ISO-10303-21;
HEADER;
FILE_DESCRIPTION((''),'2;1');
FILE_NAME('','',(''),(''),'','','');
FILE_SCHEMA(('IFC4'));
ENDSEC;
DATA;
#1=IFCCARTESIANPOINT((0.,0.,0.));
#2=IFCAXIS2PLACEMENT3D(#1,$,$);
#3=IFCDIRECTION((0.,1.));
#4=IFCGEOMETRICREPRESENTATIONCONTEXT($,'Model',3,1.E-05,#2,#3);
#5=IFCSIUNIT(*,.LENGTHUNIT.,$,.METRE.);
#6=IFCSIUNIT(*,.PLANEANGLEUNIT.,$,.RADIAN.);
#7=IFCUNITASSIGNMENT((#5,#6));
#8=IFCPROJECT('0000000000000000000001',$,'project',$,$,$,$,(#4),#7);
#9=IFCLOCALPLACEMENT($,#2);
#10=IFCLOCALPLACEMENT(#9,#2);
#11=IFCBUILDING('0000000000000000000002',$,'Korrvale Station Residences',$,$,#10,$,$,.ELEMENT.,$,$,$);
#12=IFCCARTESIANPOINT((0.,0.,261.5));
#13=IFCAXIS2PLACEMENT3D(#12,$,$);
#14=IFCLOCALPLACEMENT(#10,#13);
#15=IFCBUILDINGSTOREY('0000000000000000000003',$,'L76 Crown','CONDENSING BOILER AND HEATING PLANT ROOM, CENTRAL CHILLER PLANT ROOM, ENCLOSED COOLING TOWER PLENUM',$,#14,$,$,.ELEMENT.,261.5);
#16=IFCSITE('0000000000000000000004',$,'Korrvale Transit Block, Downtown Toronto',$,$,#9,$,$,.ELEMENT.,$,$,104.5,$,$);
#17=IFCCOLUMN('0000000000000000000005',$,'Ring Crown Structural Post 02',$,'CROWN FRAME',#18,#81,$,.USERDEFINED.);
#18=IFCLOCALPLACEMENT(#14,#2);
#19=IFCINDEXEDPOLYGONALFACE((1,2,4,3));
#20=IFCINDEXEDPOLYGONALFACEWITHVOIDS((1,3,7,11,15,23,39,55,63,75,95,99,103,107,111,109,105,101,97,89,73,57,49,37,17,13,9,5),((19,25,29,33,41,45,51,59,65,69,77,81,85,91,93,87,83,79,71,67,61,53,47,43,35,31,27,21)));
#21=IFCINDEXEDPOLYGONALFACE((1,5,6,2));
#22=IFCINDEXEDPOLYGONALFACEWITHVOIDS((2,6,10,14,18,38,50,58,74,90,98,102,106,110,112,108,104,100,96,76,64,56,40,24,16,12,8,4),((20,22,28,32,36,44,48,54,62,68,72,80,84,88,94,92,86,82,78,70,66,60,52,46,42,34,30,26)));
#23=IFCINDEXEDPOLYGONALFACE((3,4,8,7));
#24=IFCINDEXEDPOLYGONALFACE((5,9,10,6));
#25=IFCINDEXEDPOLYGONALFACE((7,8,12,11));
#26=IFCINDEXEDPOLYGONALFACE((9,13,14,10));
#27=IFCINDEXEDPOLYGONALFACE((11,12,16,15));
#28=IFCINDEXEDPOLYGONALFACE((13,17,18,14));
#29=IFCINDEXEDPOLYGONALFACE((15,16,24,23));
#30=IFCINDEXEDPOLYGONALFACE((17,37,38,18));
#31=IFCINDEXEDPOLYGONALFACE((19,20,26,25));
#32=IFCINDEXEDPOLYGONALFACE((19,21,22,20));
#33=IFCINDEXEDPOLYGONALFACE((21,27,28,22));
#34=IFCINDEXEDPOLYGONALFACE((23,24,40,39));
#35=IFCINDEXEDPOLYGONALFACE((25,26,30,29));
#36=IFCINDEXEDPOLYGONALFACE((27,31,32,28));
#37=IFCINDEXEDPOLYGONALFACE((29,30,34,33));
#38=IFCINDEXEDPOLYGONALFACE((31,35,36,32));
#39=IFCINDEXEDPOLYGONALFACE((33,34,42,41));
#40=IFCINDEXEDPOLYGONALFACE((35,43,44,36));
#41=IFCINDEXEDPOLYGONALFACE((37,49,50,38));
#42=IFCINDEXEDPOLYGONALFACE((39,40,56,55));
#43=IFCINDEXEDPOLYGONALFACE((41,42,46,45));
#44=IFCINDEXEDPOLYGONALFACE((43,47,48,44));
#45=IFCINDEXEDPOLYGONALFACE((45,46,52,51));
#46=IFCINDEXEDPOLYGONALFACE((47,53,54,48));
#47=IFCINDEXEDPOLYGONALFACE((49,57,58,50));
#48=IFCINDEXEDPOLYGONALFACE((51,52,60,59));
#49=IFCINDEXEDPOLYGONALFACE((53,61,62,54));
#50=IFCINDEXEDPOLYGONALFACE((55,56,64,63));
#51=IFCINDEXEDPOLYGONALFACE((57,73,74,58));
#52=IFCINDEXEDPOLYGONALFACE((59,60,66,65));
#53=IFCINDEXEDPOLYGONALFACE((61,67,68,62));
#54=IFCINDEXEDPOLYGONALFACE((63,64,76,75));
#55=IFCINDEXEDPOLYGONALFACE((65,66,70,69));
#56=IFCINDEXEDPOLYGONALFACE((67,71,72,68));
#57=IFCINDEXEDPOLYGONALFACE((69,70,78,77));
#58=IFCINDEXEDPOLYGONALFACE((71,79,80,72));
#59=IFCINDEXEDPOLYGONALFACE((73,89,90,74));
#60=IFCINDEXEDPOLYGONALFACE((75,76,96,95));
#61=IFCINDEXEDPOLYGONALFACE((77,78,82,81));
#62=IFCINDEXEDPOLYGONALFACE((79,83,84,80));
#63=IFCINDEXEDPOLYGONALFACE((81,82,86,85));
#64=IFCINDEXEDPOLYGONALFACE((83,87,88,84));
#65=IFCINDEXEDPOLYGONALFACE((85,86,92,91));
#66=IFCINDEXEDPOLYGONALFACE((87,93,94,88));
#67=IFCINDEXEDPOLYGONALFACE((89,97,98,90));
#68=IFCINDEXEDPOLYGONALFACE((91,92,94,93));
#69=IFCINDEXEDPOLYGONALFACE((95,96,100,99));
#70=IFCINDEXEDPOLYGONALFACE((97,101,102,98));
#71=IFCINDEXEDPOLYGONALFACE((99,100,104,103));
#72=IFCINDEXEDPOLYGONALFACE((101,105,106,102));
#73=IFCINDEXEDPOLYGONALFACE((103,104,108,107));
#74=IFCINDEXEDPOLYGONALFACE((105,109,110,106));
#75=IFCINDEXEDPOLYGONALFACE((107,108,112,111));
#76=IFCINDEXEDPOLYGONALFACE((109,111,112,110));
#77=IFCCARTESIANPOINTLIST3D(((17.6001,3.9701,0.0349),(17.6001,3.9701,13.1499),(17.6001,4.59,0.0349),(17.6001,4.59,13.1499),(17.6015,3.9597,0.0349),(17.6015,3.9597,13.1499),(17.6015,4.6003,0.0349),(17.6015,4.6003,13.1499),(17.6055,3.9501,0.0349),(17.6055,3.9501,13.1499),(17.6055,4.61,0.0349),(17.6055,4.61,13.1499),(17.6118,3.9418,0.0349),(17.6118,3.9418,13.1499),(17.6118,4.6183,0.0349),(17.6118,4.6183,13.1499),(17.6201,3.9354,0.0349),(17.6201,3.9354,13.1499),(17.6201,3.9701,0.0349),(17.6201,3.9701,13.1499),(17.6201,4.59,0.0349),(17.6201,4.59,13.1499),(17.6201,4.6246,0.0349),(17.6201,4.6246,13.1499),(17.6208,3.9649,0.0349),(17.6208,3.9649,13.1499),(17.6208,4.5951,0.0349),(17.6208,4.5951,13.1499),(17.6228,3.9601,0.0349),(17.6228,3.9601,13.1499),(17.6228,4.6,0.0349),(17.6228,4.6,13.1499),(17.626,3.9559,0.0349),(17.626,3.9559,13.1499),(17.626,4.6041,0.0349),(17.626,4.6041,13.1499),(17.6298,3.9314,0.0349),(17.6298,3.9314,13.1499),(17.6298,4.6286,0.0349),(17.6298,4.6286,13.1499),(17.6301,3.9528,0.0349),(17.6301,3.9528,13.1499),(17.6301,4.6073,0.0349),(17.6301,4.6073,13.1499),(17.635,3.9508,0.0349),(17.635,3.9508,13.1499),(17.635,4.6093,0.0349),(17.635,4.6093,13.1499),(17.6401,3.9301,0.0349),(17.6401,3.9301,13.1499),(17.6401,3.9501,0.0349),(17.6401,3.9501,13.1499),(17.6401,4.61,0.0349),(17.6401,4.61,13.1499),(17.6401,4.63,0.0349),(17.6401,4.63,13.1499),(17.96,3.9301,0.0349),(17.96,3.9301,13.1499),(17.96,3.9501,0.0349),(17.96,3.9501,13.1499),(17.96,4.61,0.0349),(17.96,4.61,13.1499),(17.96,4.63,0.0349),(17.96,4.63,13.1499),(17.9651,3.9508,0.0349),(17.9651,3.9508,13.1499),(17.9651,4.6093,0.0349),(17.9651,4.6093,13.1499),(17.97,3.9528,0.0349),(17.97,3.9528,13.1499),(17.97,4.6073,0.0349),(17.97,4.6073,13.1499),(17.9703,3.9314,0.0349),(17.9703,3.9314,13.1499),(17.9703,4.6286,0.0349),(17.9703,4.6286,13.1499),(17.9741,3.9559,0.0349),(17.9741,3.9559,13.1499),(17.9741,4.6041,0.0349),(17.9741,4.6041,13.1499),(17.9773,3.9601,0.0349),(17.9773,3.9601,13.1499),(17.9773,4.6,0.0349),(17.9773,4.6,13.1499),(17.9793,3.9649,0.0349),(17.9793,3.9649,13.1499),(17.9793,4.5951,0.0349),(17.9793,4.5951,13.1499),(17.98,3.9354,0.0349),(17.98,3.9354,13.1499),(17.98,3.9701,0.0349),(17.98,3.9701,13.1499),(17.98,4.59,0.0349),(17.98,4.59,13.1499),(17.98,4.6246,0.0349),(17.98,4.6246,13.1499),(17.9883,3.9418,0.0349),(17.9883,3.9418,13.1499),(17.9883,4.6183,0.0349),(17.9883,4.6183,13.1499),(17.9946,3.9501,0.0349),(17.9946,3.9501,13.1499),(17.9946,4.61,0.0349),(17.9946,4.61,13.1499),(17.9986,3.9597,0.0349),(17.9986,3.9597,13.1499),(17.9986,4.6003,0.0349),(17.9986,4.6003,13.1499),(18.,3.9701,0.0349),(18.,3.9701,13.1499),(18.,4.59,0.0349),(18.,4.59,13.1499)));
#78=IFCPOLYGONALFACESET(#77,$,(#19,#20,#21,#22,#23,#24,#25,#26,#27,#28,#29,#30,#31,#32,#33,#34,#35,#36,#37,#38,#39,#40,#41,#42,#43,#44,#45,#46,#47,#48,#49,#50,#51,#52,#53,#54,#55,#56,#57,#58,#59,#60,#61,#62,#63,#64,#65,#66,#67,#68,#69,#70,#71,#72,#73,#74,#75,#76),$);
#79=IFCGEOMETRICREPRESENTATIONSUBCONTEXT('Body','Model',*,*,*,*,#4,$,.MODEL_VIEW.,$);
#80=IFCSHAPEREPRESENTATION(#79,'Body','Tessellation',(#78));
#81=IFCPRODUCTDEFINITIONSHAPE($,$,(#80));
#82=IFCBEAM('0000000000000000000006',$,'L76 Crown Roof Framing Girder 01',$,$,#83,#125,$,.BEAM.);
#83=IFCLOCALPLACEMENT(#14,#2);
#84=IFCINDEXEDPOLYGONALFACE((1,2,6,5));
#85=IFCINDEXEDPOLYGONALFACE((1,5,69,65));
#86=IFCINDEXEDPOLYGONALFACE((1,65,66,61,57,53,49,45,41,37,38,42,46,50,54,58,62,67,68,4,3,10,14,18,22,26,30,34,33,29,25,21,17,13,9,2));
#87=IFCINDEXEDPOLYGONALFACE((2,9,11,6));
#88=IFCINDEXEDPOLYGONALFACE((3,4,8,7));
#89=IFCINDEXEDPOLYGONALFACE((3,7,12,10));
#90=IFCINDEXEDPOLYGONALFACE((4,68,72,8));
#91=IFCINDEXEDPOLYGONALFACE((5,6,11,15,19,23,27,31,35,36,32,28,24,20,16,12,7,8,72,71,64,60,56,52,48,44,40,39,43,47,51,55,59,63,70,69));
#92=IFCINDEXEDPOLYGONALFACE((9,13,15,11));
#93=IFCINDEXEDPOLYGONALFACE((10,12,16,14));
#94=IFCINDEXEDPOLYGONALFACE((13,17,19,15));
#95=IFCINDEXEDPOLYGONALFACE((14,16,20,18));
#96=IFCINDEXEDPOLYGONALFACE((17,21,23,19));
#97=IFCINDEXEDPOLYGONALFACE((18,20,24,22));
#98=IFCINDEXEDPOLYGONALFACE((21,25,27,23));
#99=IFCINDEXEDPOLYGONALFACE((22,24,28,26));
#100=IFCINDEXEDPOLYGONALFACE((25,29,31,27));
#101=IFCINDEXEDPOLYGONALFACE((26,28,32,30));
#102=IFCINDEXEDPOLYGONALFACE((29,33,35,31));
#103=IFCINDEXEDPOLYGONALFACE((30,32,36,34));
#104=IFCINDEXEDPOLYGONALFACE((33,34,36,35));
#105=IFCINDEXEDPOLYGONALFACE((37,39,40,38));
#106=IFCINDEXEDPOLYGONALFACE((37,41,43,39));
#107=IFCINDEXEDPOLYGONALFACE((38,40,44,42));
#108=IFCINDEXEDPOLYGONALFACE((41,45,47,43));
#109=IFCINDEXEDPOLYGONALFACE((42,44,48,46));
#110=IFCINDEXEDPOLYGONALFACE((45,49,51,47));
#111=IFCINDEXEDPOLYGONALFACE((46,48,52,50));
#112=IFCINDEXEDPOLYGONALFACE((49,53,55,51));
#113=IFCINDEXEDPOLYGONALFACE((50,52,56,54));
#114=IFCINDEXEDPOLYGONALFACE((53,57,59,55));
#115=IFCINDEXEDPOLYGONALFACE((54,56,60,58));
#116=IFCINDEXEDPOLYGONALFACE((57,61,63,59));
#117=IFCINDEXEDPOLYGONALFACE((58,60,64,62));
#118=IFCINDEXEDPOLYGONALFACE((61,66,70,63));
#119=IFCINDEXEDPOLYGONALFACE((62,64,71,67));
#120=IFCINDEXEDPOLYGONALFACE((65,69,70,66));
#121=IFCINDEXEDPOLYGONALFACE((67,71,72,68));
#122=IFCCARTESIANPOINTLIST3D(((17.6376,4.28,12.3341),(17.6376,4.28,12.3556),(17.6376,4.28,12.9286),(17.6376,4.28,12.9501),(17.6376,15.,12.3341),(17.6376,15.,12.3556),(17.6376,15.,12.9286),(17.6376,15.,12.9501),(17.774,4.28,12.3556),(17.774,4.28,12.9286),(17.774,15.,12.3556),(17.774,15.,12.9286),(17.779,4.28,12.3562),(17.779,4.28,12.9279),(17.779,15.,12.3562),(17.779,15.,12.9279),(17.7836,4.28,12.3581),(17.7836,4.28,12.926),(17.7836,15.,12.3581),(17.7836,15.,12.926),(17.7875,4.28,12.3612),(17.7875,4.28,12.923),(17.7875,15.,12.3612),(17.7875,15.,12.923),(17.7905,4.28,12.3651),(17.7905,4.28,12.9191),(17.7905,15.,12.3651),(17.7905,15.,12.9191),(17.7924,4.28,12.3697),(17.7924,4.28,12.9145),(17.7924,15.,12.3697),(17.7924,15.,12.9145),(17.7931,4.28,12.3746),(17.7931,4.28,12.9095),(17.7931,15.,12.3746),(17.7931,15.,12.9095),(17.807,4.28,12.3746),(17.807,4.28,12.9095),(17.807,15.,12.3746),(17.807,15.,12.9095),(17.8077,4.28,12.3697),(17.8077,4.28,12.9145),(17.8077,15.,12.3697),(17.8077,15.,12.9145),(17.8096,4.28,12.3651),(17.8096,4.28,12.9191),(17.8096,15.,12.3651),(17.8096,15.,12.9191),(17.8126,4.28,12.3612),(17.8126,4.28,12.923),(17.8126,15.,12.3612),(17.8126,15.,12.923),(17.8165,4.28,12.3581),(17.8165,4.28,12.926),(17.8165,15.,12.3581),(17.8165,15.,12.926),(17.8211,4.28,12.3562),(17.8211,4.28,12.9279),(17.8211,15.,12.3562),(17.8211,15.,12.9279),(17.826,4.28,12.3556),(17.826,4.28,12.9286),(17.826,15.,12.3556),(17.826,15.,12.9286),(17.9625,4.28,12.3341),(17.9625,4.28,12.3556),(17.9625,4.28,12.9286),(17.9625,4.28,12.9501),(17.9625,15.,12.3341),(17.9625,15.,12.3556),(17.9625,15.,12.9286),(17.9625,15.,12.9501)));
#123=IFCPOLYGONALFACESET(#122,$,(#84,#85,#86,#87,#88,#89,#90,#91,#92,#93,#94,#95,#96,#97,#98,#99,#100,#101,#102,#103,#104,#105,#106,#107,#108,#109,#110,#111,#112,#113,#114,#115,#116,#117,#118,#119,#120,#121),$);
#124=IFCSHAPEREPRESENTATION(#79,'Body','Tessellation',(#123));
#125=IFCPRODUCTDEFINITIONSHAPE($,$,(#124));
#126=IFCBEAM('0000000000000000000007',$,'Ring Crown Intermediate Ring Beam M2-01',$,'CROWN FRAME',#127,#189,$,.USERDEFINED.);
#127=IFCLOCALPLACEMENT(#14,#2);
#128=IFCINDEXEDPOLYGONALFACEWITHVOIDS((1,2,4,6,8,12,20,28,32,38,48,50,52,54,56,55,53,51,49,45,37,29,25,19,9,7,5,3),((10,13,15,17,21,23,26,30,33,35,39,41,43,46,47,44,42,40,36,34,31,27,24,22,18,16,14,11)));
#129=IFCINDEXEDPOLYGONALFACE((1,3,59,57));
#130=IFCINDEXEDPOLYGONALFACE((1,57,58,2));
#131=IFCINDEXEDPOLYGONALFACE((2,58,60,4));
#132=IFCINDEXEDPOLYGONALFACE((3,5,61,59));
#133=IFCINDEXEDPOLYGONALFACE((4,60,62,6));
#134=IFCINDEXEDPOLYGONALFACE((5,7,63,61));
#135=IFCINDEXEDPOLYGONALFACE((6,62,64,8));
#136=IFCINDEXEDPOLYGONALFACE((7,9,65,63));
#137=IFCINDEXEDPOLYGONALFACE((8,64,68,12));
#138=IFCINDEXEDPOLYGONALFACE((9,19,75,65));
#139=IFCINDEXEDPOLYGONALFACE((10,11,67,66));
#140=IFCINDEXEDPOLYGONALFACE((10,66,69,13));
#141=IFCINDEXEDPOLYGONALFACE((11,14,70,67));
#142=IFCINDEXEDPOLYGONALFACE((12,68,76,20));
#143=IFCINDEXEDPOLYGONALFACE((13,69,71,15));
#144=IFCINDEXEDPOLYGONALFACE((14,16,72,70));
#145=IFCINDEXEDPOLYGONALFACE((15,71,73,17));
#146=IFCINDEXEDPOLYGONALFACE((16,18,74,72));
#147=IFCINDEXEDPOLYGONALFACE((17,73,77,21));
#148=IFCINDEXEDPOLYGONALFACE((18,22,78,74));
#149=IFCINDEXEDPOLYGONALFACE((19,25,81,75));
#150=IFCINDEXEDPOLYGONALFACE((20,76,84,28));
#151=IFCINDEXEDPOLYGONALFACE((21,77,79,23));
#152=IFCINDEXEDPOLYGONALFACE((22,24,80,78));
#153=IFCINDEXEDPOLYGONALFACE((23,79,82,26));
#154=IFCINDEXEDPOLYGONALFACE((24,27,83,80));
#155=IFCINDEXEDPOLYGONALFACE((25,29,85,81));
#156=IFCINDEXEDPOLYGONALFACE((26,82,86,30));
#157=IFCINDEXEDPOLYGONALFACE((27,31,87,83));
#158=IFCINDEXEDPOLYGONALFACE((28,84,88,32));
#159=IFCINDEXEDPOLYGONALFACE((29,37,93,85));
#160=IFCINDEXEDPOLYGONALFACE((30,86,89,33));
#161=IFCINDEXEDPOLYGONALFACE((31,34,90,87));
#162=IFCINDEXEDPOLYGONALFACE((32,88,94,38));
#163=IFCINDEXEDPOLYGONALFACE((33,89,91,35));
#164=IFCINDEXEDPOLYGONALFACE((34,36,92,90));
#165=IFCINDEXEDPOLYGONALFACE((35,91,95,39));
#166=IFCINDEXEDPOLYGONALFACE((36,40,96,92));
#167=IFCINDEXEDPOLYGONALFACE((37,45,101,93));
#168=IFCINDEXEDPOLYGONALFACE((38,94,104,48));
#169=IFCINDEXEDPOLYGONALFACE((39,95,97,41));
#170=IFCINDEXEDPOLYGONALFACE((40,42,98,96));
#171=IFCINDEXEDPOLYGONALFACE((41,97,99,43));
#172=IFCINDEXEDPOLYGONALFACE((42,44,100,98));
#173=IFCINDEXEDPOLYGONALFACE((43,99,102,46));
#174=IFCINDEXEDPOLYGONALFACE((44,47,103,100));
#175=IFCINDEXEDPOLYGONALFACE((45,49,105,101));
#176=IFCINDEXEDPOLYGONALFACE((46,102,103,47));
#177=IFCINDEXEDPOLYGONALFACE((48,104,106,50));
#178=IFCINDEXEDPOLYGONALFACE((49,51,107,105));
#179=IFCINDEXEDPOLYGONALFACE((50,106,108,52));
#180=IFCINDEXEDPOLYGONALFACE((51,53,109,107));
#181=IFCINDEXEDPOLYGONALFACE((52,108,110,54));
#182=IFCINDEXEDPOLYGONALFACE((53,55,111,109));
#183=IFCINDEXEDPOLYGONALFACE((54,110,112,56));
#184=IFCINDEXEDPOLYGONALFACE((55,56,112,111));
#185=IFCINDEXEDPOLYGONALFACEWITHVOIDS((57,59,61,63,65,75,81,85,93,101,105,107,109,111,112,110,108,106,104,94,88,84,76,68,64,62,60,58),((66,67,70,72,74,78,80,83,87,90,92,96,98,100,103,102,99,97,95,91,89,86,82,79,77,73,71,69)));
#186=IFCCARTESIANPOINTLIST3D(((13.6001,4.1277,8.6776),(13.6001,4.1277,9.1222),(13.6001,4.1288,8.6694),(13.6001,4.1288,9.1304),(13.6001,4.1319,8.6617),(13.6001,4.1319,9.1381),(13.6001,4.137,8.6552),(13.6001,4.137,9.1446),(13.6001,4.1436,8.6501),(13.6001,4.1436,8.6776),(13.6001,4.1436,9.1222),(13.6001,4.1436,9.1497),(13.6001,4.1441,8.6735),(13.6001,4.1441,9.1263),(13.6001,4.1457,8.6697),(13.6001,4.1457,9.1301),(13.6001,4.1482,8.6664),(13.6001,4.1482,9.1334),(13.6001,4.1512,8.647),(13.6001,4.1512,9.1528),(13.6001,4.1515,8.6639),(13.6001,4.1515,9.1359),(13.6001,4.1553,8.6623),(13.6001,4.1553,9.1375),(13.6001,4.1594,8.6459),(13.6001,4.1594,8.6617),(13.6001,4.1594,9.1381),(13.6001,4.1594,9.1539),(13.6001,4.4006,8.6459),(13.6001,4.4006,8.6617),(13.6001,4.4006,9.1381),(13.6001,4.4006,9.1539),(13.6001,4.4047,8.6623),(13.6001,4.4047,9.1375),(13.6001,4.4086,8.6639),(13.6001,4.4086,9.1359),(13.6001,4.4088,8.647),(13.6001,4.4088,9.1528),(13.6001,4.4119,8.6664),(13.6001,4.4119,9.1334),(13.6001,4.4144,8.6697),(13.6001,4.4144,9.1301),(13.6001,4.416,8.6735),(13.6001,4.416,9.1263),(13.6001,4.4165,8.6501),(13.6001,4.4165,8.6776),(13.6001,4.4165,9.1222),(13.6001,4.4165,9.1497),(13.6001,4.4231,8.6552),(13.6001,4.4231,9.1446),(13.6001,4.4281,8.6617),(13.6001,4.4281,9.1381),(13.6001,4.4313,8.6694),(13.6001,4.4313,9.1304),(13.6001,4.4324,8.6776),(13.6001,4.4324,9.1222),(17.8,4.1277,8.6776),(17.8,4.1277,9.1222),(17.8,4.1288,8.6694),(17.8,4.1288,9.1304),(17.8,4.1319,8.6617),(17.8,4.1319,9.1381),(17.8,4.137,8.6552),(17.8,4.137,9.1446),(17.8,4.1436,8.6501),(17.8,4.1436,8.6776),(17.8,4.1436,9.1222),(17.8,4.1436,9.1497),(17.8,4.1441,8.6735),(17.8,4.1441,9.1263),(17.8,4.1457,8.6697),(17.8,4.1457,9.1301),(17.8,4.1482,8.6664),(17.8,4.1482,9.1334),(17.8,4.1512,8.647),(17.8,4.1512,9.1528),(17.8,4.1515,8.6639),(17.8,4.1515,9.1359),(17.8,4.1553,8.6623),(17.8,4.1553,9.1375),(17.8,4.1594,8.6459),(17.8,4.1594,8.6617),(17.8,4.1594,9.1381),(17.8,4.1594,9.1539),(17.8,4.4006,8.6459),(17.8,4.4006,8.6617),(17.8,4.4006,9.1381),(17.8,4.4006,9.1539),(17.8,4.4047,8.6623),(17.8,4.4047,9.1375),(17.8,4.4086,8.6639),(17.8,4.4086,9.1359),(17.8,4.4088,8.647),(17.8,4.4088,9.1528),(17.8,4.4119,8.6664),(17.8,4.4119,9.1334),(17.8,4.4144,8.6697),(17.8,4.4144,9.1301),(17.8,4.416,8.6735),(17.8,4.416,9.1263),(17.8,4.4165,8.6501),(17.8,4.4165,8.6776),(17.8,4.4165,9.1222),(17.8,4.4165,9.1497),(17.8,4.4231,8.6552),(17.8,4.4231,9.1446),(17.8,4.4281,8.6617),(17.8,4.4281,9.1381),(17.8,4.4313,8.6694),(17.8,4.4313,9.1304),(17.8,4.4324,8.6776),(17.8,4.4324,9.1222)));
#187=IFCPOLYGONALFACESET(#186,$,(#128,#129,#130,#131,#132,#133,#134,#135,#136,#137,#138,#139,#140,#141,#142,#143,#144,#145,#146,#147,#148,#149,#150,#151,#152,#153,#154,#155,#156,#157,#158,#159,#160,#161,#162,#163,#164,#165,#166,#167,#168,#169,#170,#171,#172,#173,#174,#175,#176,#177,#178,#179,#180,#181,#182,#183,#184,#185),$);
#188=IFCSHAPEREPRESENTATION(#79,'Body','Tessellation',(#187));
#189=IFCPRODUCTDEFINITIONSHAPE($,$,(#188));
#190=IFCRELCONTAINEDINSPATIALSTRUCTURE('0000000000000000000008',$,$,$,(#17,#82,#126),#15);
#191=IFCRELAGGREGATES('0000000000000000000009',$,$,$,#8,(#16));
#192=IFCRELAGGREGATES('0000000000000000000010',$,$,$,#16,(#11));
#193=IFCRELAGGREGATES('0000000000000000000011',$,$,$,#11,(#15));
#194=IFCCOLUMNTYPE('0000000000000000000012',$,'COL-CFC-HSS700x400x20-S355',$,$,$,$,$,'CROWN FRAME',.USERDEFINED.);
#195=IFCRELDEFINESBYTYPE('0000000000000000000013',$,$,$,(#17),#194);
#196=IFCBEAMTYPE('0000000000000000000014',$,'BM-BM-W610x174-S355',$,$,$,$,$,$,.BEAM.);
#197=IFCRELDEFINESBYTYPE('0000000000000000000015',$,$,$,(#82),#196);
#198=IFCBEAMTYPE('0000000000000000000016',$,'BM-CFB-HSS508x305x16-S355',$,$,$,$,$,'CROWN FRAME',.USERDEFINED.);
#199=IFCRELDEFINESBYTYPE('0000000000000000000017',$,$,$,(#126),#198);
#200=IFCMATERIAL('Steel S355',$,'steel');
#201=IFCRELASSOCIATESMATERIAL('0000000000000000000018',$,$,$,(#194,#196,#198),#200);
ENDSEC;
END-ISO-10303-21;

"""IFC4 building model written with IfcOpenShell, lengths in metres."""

from ifc_helpers import new_model, si_unit, direction, frame, origin, origin_2d, place, context, subcontext, project, spatial, hollow_rectangle, i_section, extrude, material, material_profile, profile_set, type_object, element, save


model = new_model("IFC4")

# Units and contexts
model_context = context("Model", 3, precision=1e-05, world=origin(), true_north=direction((0.0, 1.0)))
body_context = subcontext(model_context, "Body", "Model", "MODEL_VIEW")
ifc_project = project(units=[si_unit("LENGTHUNIT", "METRE"), si_unit("PLANEANGLEUNIT", "RADIAN")], contexts=[model_context])

# Site, building, storey
site_placement = place(None, origin())
site = spatial("IfcSite", under=ifc_project, at=site_placement, Name="Korrvale Transit Block, Downtown Toronto", CompositionType="ELEMENT", RefElevation=104.5)
building_placement = place(site_placement, origin())
building = spatial("IfcBuilding", under=site, at=building_placement, Name="Korrvale Station Residences", CompositionType="ELEMENT")
storey_placement = place(building_placement, frame((0.0, 0.0, 261.5)))
storey = spatial("IfcBuildingStorey", under=building, at=storey_placement, Name="L76 Crown", Description="CONDENSING BOILER AND HEATING PLANT ROOM, CENTRAL CHILLER PLANT ROOM, ENCLOSED COOLING TOWER PLENUM", CompositionType="ELEMENT", Elevation=261.5)

# Column
ifc_material_1 = material(Name="Steel S355", Category="steel")
ifc_material_profile_1 = material_profile(ifc_material_1, hollow_rectangle(XDim=0.3999, YDim=0.7, WallThickness=0.02, InnerFilletRadius=0.02, OuterFilletRadius=0.04, at=origin_2d()), Name="HSS700x400x20")
ifc_profile_set_1 = profile_set([ifc_material_profile_1], Name="Steel S355")
column_type = type_object("IfcColumnType", Name="COL-CFC-HSS700x400x20-S355", ElementType="CROWN FRAME", PredefinedType="USERDEFINED", material=ifc_profile_set_1)
column_placement = place(storey_placement, frame((17.8, 4.28, 0.0349), z_axis=(0.0, 0.0, 1.0), x_axis=(1.0, 0.0, 0.0)))
element("IfcColumn", 1, at=column_placement, inside=storey, type_object=column_type, Name="Ring Crown Structural Post 02", ObjectType="CROWN FRAME", PredefinedType="USERDEFINED", context=body_context, shape_type="SweptSolid", body=[
    extrude(hollow_rectangle(XDim=0.3999, YDim=0.7, WallThickness=0.02, InnerFilletRadius=0.02, OuterFilletRadius=0.04, at=origin_2d()), origin(), (0.0, 0.0, 1.0), 13.115),
])

# Beams
ifc_material_profile_2 = material_profile(ifc_material_1, i_section(OverallWidth=0.325, OverallDepth=0.616, WebThickness=0.0139, FlangeThickness=0.0215, FilletRadius=0.019, at=origin_2d()), Name="W610x174")
ifc_profile_set_2 = profile_set([ifc_material_profile_2], Name="Steel S355")
beam_type_1 = type_object("IfcBeamType", Name="BM-BM-W610x174-S355", PredefinedType="BEAM", material=ifc_profile_set_2)
beam_1_placement = place(storey_placement, frame((17.8, 4.28, 12.6421), z_axis=(0.0, 1.0, 0.0), x_axis=(-1.0, 0.0, 0.0)))
element("IfcBeam", 2, at=beam_1_placement, inside=storey, type_object=beam_type_1, Name="L76 Crown Roof Framing Girder 01", PredefinedType="BEAM", context=body_context, shape_type="SweptSolid", body=[
    extrude(i_section(OverallWidth=0.325, OverallDepth=0.616, WebThickness=0.0139, FlangeThickness=0.0215, FilletRadius=0.019, at=origin_2d()), origin(), (0.0, 0.0, 1.0), 10.72),
])
ifc_material_profile_3 = material_profile(ifc_material_1, hollow_rectangle(XDim=0.3047, YDim=0.5081, WallThickness=0.0159, InnerFilletRadius=0.0159, OuterFilletRadius=0.0317, at=origin_2d()), Name="HSS508x305x16")
ifc_profile_set_3 = profile_set([ifc_material_profile_3], Name="Steel S355")
beam_type_2 = type_object("IfcBeamType", Name="BM-CFB-HSS508x305x16-S355", ElementType="CROWN FRAME", PredefinedType="USERDEFINED", material=ifc_profile_set_3)
beam_2_placement = place(storey_placement, frame((13.6001, 4.28, 8.8999), z_axis=(1.0, 0.0, 0.0), x_axis=(0.0, 1.0, 0.0)))
element("IfcBeam", 3, at=beam_2_placement, inside=storey, type_object=beam_type_2, Name="Ring Crown Intermediate Ring Beam M2-01", ObjectType="CROWN FRAME", PredefinedType="USERDEFINED", context=body_context, shape_type="SweptSolid", body=[
    extrude(hollow_rectangle(XDim=0.3047, YDim=0.5081, WallThickness=0.0159, InnerFilletRadius=0.0159, OuterFilletRadius=0.0317, at=origin_2d()), origin(), (0.0, 0.0, 1.0), 4.2),
])

save(model, "model.ifc")
